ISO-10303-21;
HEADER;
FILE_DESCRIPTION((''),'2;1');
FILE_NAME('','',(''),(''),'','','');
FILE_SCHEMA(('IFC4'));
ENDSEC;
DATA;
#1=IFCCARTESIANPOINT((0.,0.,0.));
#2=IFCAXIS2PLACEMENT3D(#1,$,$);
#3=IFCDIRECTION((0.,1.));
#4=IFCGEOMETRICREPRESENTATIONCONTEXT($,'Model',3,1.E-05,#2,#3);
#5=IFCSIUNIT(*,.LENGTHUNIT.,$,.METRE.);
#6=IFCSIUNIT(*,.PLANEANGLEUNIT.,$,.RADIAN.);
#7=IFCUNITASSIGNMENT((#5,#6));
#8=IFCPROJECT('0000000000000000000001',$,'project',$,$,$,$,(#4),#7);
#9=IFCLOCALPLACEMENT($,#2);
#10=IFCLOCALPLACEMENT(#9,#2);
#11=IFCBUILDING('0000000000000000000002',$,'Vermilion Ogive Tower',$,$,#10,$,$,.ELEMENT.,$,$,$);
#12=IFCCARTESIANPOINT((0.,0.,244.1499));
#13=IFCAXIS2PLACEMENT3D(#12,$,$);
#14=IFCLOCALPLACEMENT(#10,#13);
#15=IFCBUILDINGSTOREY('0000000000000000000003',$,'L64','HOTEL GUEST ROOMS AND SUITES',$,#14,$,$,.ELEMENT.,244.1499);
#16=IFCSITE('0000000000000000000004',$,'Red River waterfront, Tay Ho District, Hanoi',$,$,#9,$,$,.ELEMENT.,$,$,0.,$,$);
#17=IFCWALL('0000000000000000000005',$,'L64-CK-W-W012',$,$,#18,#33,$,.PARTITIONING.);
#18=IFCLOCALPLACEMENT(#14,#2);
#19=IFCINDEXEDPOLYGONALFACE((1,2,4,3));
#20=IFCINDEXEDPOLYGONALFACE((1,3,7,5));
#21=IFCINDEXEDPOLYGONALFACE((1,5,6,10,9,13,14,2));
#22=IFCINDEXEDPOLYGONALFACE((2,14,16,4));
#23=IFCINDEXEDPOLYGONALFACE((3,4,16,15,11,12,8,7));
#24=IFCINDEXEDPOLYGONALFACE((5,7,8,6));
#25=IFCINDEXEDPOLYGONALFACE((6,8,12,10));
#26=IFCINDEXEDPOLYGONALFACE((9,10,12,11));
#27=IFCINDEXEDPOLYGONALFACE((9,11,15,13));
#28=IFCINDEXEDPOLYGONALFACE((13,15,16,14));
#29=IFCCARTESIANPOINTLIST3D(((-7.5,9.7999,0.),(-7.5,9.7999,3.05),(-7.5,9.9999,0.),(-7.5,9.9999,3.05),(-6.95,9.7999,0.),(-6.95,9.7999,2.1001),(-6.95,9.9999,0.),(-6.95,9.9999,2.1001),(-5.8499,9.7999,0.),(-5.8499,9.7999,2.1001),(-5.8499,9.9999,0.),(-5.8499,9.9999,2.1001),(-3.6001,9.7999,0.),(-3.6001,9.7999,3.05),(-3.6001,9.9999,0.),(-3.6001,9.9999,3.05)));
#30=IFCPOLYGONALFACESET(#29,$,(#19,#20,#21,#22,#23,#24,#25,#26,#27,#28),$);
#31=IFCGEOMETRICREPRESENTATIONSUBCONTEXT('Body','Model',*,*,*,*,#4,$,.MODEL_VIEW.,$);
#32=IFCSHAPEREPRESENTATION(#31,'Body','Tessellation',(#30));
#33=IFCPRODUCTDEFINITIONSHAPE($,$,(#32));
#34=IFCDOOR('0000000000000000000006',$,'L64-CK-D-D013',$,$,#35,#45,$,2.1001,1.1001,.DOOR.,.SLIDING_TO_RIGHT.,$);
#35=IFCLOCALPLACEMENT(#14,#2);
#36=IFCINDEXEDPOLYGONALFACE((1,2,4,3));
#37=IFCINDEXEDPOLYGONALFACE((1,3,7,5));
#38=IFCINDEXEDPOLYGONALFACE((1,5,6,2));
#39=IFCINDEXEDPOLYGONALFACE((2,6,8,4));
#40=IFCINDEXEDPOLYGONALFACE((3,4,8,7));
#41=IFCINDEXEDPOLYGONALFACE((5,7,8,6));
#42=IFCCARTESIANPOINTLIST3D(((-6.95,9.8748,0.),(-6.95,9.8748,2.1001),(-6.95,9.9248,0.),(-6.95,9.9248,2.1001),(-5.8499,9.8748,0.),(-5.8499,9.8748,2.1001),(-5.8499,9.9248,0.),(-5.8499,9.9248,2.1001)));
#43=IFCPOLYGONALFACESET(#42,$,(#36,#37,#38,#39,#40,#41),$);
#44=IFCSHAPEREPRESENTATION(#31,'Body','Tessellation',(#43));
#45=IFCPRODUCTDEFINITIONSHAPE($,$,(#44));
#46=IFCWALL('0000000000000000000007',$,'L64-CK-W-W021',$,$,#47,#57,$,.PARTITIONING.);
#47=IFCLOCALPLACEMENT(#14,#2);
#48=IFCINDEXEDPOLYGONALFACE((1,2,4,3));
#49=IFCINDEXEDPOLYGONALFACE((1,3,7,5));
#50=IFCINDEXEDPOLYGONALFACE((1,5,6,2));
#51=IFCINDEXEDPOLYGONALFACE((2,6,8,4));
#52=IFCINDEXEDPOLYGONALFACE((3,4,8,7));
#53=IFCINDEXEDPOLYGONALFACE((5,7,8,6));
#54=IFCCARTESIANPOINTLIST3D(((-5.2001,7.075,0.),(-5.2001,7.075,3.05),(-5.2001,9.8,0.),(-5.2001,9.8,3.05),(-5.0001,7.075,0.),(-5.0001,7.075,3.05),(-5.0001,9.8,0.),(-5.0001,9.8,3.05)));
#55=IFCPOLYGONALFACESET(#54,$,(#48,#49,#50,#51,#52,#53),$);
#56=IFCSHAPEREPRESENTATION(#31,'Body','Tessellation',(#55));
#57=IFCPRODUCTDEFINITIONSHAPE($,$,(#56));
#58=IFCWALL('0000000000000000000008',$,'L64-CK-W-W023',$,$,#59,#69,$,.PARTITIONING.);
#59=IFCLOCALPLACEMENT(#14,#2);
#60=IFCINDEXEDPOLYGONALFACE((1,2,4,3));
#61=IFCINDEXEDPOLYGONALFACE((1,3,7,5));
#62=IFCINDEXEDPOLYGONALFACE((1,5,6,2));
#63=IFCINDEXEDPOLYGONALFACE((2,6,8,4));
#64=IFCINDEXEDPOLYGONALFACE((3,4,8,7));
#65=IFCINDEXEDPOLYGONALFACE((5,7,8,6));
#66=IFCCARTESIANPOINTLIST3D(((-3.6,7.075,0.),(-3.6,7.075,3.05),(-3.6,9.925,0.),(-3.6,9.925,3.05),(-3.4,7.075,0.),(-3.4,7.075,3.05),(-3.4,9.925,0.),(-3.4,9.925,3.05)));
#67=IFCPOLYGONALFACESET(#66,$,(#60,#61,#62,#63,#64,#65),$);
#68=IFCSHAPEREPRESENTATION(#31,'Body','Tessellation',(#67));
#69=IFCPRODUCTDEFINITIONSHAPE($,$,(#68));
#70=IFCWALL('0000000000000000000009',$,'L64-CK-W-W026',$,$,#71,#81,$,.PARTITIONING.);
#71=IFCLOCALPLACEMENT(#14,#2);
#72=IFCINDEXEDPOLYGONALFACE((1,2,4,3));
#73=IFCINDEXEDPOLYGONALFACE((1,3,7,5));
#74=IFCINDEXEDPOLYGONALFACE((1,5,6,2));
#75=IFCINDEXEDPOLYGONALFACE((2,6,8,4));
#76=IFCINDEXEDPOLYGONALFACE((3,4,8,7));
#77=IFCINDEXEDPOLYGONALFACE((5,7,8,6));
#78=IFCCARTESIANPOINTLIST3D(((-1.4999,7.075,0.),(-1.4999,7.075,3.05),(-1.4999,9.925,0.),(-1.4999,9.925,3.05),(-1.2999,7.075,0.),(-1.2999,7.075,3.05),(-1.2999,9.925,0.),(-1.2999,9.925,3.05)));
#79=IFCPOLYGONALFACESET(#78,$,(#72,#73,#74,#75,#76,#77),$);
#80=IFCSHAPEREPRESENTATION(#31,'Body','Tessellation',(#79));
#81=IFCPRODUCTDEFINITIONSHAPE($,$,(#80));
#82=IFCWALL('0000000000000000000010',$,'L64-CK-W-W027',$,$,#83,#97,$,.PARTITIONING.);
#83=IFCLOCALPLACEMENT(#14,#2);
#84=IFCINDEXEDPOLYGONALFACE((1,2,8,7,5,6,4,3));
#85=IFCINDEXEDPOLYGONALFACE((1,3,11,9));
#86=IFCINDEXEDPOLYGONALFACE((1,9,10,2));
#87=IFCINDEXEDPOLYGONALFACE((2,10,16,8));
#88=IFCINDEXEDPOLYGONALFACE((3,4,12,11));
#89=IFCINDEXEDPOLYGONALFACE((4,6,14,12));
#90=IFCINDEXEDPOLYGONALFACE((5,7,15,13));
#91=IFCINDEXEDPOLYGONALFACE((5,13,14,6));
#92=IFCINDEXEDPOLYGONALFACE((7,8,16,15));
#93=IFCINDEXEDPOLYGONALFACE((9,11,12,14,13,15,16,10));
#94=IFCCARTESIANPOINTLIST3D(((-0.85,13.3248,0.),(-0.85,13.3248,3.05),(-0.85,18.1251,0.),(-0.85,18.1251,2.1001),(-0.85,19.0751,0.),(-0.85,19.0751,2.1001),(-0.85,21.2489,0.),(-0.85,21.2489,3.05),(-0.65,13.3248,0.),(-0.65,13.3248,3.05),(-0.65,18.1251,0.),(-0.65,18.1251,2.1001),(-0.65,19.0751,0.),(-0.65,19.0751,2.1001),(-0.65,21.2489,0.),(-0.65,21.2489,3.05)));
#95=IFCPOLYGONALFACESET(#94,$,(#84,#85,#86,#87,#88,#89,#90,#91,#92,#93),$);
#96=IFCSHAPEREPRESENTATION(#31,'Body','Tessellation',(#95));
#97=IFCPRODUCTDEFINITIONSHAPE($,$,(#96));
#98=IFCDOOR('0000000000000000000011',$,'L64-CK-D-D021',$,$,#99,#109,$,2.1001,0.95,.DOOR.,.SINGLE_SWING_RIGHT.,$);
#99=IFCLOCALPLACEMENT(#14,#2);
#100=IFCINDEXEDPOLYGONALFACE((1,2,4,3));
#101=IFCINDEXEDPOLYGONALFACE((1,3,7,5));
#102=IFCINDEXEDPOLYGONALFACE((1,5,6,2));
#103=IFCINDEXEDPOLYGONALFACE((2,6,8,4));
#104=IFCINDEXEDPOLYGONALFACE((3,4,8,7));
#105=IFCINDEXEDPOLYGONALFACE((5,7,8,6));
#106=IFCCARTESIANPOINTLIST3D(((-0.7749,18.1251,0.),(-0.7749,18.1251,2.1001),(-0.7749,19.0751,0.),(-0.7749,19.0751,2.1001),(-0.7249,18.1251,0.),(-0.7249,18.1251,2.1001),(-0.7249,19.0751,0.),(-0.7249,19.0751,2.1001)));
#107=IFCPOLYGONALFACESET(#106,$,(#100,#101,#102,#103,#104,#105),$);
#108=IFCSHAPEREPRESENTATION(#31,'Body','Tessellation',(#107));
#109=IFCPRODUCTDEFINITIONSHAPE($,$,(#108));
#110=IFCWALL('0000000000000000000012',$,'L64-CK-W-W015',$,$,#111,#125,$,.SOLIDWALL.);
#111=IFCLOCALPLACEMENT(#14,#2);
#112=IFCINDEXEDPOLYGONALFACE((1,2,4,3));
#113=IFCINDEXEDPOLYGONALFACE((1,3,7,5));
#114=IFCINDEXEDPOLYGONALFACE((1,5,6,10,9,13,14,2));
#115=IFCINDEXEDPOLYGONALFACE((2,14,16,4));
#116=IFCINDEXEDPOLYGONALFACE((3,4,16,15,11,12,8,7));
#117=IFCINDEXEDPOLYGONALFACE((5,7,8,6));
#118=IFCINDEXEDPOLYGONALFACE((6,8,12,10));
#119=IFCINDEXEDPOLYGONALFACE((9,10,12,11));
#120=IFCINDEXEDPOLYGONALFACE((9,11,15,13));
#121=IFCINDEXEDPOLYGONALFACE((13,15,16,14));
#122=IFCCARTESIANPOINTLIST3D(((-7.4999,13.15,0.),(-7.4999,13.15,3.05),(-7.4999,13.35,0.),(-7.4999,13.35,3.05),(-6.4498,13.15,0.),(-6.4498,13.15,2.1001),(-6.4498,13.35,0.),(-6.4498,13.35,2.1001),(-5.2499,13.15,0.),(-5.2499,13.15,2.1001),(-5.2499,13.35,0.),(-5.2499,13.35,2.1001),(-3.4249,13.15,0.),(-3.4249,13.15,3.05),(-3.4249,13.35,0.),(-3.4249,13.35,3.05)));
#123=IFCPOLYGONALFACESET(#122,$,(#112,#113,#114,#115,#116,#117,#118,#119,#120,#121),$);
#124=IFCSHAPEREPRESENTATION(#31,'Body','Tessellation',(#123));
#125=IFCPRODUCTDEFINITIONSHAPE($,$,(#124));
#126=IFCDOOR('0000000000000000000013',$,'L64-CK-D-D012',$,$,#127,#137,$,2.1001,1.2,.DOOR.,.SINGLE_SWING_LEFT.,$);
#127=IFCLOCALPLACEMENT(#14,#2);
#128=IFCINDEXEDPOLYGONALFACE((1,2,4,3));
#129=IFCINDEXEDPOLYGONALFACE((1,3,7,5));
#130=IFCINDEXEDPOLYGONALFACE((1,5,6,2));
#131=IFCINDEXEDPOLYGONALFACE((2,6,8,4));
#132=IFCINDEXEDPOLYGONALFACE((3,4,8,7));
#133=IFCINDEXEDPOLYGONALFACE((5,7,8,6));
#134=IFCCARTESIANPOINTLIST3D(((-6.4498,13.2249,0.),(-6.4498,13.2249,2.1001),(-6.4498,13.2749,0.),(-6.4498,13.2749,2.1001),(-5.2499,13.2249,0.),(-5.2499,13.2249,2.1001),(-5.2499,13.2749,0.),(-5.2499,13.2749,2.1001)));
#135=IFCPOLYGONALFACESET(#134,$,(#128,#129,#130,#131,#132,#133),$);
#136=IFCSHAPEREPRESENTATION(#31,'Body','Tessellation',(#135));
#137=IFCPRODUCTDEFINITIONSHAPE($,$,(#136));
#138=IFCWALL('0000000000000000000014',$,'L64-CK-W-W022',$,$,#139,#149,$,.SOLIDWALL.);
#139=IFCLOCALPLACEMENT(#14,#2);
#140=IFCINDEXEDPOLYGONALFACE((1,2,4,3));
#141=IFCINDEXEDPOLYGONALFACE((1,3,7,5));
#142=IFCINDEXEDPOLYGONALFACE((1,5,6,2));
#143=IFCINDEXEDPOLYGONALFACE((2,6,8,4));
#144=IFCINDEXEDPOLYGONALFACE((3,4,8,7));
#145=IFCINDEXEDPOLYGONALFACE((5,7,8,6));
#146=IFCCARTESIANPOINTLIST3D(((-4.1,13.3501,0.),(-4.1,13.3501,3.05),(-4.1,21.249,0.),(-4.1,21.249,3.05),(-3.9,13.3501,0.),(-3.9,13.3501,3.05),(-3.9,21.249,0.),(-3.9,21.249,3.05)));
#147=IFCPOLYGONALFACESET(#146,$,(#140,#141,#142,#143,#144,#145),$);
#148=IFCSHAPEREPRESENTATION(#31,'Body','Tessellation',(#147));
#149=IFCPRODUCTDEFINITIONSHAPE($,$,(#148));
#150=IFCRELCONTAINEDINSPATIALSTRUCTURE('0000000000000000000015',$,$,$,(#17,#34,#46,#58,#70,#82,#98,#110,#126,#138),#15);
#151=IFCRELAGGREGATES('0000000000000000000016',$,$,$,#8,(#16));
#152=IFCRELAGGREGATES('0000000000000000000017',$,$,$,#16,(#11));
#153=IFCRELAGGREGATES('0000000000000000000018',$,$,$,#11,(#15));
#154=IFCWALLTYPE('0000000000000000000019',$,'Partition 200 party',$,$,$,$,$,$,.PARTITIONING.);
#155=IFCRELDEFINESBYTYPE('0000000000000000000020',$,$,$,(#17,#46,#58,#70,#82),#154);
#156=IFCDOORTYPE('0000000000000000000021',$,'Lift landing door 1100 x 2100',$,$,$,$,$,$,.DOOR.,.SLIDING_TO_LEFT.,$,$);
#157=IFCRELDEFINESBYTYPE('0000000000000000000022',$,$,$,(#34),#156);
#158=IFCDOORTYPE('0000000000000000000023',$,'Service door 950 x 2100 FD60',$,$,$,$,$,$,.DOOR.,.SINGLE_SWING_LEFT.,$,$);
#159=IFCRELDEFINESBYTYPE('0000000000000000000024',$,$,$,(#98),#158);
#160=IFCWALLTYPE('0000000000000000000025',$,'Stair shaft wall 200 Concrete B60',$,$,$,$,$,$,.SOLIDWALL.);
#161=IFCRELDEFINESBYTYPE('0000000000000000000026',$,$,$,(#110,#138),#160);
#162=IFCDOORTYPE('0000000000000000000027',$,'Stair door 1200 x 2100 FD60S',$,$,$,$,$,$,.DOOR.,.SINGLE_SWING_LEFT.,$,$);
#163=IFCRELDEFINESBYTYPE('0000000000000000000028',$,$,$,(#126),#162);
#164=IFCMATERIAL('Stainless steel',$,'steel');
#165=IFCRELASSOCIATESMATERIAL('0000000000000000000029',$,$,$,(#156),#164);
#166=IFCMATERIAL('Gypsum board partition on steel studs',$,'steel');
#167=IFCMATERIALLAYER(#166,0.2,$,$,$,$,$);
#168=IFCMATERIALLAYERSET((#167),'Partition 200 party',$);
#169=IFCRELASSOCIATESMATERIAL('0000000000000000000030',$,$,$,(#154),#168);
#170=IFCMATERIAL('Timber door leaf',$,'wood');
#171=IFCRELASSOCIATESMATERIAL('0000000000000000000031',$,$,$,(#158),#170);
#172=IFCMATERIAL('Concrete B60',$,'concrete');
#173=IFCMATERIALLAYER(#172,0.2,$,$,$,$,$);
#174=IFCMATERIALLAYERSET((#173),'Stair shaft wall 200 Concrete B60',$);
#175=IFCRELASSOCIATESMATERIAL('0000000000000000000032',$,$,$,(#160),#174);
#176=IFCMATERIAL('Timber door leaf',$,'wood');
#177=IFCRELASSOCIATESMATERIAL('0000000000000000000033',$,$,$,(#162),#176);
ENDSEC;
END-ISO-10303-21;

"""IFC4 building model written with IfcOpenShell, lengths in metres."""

from ifc_helpers import new_model, si_unit, direction, frame, frame_2d, origin, place, context, subcontext, project, spatial, rectangle, extrude, material, layer, layer_set, type_object, element, fill, save


model = new_model("IFC4")

# Units and contexts
model_context = context("Model", 3, precision=1e-05, world=origin(), true_north=direction((0.0, 1.0)))
body_context = subcontext(model_context, "Body", "Model", "MODEL_VIEW")
ifc_project = project(units=[si_unit("LENGTHUNIT", "METRE"), si_unit("PLANEANGLEUNIT", "RADIAN")], contexts=[model_context])

# Site, building, storey
site_placement = place(None, origin())
site = spatial("IfcSite", under=ifc_project, at=site_placement, Name="Red River waterfront, Tay Ho District, Hanoi", CompositionType="ELEMENT", RefElevation=0.0)
building_placement = place(site_placement, origin())
building = spatial("IfcBuilding", under=site, at=building_placement, Name="Vermilion Ogive Tower", CompositionType="ELEMENT")
storey_placement = place(building_placement, frame((0.0, 0.0, 244.1499)))
storey = spatial("IfcBuildingStorey", under=building, at=storey_placement, Name="L64", Description="HOTEL GUEST ROOMS AND SUITES", CompositionType="ELEMENT", Elevation=244.1499)

# Shared definitions
ifc_material_1 = material(Name="Stainless steel", Category="steel")
door_type_1 = type_object("IfcDoorType", Name="Lift landing door 1100 x 2100", OperationType="SLIDING_TO_LEFT", PredefinedType="DOOR", material=ifc_material_1)

# Wall, opening, door
ifc_material_2 = material(Name="Gypsum board partition on steel studs", Category="steel")
ifc_layer_1 = layer(ifc_material_2, 0.2)
ifc_layer_set_1 = layer_set([ifc_layer_1], Name="Partition 200 party")
wall_type_1 = type_object("IfcWallType", Name="Partition 200 party", PredefinedType="PARTITIONING", material=ifc_layer_set_1)
wall_1_placement = place(storey_placement, frame((-7.5, 9.8999, 0.0), z_axis=(0.0, 0.0, 1.0), x_axis=(1.0, 0.0, 0.0)))
wall_1 = element("IfcWall", 1, at=wall_1_placement, inside=storey, type_object=wall_type_1, Name="L64-CK-W-W012", PredefinedType="PARTITIONING", context=body_context, shape_type="SweptSolid", body=[
    extrude(rectangle(XDim=3.8999, YDim=0.2, at=frame_2d((1.95, 0.0))), origin(), (0.0, 0.0, 1.0), 3.05),
])
opening_1_placement = place(wall_1_placement, frame((0.55, 0.0, 0.0)))
opening_1 = element("IfcOpeningElement", 2, at=opening_1_placement, cuts=wall_1, PredefinedType="OPENING", context=body_context, shape_type="SweptSolid", body=[
    extrude(rectangle(XDim=1.1001, YDim=2.1001, at=frame_2d((0.55, 1.05))), frame((0.0, 0.1099, 0.0), z_axis=(0.0, -1.0, 0.0), x_axis=(1.0, 0.0, 0.0)), (0.0, 0.0, 1.0), 0.22),
])
door_1_placement = place(opening_1_placement, origin())
door_1 = element("IfcDoor", 3, at=door_1_placement, inside=storey, type_object=door_type_1, Name="L64-CK-D-D013", OperationType="SLIDING_TO_RIGHT", OverallHeight=2.1001, OverallWidth=1.1001, PredefinedType="DOOR", context=body_context, shape_type="SweptSolid", body=[
    extrude(rectangle(XDim=1.1001, YDim=2.1001, at=frame_2d((0.55, 1.05))), frame((0.0, 0.0249, 0.0), z_axis=(0.0, -1.0, 0.0), x_axis=(1.0, 0.0, 0.0)), (0.0, 0.0, 1.0), 0.05),
])
fill(opening_1, door_1)

# Walls
wall_2_placement = place(storey_placement, frame((-5.1001, 7.075, 0.0), z_axis=(0.0, 0.0, 1.0), x_axis=(0.0, 1.0, 0.0)))
element("IfcWall", 4, at=wall_2_placement, inside=storey, type_object=wall_type_1, Name="L64-CK-W-W021", PredefinedType="PARTITIONING", context=body_context, shape_type="SweptSolid", body=[
    extrude(rectangle(XDim=2.7251, YDim=0.2, at=frame_2d((1.3625, 0.0))), origin(), (0.0, 0.0, 1.0), 3.05),
])
for number, where, z_axis, x_axis, name in (
    (5, (-3.5, 7.075, 0.0), (0.0, 0.0, 1.0), (0.0, 1.0, 0.0), "L64-CK-W-W023"),
    (6, (-1.3999, 7.075, 0.0), (0.0, 0.0, 1.0), (0.0, 1.0, 0.0), "L64-CK-W-W026"),
):
    element("IfcWall", number, at=place(storey_placement, frame(where, z_axis=z_axis, x_axis=x_axis)), inside=storey, type_object=wall_type_1, Name=name, PredefinedType="PARTITIONING", context=body_context, shape_type="SweptSolid", body=[
        extrude(rectangle(XDim=2.8501, YDim=0.2, at=frame_2d((1.425, 0.0))), origin(), (0.0, 0.0, 1.0), 3.05),
    ])

# Walls, openings, doors
wall_3_placement = place(storey_placement, frame((-0.75, 13.325, 0.0), z_axis=(0.0, 0.0, 1.0), x_axis=(0.0, 1.0, 0.0)))
wall_3 = element("IfcWall", 7, at=wall_3_placement, inside=storey, type_object=wall_type_1, Name="L64-CK-W-W027", PredefinedType="PARTITIONING", context=body_context, shape_type="SweptSolid", body=[
    extrude(rectangle(XDim=7.9241, YDim=0.2, at=frame_2d((3.9619, 0.0))), origin(), (0.0, 0.0, 1.0), 3.05),
])
opening_2_placement = place(wall_3_placement, frame((4.8, 0.0, 0.0)))
opening_2 = element("IfcOpeningElement", 8, at=opening_2_placement, cuts=wall_3, PredefinedType="OPENING", context=body_context, shape_type="SweptSolid", body=[
    extrude(rectangle(XDim=0.95, YDim=2.1001, at=frame_2d((0.4751, 1.05))), frame((0.0, 0.1099, 0.0), z_axis=(0.0, -1.0, 0.0), x_axis=(1.0, 0.0, 0.0)), (0.0, 0.0, 1.0), 0.22),
])
ifc_material_3 = material(Name="Timber door leaf", Category="wood")
door_type_2 = type_object("IfcDoorType", Name="Service door 950 x 2100 FD60", OperationType="SINGLE_SWING_LEFT", PredefinedType="DOOR", material=ifc_material_3)
door_2_placement = place(opening_2_placement, origin())
door_2 = element("IfcDoor", 9, at=door_2_placement, inside=storey, type_object=door_type_2, Name="L64-CK-D-D021", OperationType="SINGLE_SWING_RIGHT", OverallHeight=2.1001, OverallWidth=0.95, PredefinedType="DOOR", context=body_context, shape_type="SweptSolid", body=[
    extrude(rectangle(XDim=0.95, YDim=2.1001, at=frame_2d((0.4751, 1.05))), frame((0.0, 0.0249, 0.0), z_axis=(0.0, -1.0, 0.0), x_axis=(1.0, 0.0, 0.0)), (0.0, 0.0, 1.0), 0.05),
])
fill(opening_2, door_2)
ifc_material_4 = material(Name="Concrete B60", Category="concrete")
ifc_layer_2 = layer(ifc_material_4, 0.2)
ifc_layer_set_2 = layer_set([ifc_layer_2], Name="Stair shaft wall 200 Concrete B60")
wall_type_2 = type_object("IfcWallType", Name="Stair shaft wall 200 Concrete B60", PredefinedType="SOLIDWALL", material=ifc_layer_set_2)
wall_4_placement = place(storey_placement, frame((-7.5, 13.25, 0.0), z_axis=(0.0, 0.0, 1.0), x_axis=(1.0, 0.0, 0.0)))
wall_4 = element("IfcWall", 10, at=wall_4_placement, inside=storey, type_object=wall_type_2, Name="L64-CK-W-W015", PredefinedType="SOLIDWALL", context=body_context, shape_type="SweptSolid", body=[
    extrude(rectangle(XDim=4.075, YDim=0.2, at=frame_2d((2.0376, 0.0))), origin(), (0.0, 0.0, 1.0), 3.05),
])
opening_3_placement = place(wall_4_placement, frame((1.05, 0.0, 0.0)))
opening_3 = element("IfcOpeningElement", 11, at=opening_3_placement, cuts=wall_4, PredefinedType="OPENING", context=body_context, shape_type="SweptSolid", body=[
    extrude(rectangle(XDim=1.2, YDim=2.1001, at=frame_2d((0.6001, 1.05))), frame((0.0, 0.1099, 0.0), z_axis=(0.0, -1.0, 0.0), x_axis=(1.0, 0.0, 0.0)), (0.0, 0.0, 1.0), 0.22),
])
ifc_material_5 = material(Name="Timber door leaf", Category="wood")
door_type_3 = type_object("IfcDoorType", Name="Stair door 1200 x 2100 FD60S", OperationType="SINGLE_SWING_LEFT", PredefinedType="DOOR", material=ifc_material_5)
door_3_placement = place(opening_3_placement, origin())
door_3 = element("IfcDoor", 12, at=door_3_placement, inside=storey, type_object=door_type_3, Name="L64-CK-D-D012", OperationType="SINGLE_SWING_LEFT", OverallHeight=2.1001, OverallWidth=1.2, PredefinedType="DOOR", context=body_context, shape_type="SweptSolid", body=[
    extrude(rectangle(XDim=1.2, YDim=2.1001, at=frame_2d((0.6001, 1.05))), frame((0.0, 0.0249, 0.0), z_axis=(0.0, -1.0, 0.0), x_axis=(1.0, 0.0, 0.0)), (0.0, 0.0, 1.0), 0.05),
])
fill(opening_3, door_3)

# Wall
wall_5_placement = place(storey_placement, frame((-4.0, 13.3501, 0.0), z_axis=(0.0, 0.0, 1.0), x_axis=(0.0, 1.0, 0.0)))
element("IfcWall", 13, at=wall_5_placement, inside=storey, type_object=wall_type_2, Name="L64-CK-W-W022", PredefinedType="SOLIDWALL", context=body_context, shape_type="SweptSolid", body=[
    extrude(rectangle(XDim=7.8989, YDim=0.2, at=frame_2d((3.9495, 0.0))), origin(), (0.0, 0.0, 1.0), 3.05),
])

save(model, "model.ifc")
